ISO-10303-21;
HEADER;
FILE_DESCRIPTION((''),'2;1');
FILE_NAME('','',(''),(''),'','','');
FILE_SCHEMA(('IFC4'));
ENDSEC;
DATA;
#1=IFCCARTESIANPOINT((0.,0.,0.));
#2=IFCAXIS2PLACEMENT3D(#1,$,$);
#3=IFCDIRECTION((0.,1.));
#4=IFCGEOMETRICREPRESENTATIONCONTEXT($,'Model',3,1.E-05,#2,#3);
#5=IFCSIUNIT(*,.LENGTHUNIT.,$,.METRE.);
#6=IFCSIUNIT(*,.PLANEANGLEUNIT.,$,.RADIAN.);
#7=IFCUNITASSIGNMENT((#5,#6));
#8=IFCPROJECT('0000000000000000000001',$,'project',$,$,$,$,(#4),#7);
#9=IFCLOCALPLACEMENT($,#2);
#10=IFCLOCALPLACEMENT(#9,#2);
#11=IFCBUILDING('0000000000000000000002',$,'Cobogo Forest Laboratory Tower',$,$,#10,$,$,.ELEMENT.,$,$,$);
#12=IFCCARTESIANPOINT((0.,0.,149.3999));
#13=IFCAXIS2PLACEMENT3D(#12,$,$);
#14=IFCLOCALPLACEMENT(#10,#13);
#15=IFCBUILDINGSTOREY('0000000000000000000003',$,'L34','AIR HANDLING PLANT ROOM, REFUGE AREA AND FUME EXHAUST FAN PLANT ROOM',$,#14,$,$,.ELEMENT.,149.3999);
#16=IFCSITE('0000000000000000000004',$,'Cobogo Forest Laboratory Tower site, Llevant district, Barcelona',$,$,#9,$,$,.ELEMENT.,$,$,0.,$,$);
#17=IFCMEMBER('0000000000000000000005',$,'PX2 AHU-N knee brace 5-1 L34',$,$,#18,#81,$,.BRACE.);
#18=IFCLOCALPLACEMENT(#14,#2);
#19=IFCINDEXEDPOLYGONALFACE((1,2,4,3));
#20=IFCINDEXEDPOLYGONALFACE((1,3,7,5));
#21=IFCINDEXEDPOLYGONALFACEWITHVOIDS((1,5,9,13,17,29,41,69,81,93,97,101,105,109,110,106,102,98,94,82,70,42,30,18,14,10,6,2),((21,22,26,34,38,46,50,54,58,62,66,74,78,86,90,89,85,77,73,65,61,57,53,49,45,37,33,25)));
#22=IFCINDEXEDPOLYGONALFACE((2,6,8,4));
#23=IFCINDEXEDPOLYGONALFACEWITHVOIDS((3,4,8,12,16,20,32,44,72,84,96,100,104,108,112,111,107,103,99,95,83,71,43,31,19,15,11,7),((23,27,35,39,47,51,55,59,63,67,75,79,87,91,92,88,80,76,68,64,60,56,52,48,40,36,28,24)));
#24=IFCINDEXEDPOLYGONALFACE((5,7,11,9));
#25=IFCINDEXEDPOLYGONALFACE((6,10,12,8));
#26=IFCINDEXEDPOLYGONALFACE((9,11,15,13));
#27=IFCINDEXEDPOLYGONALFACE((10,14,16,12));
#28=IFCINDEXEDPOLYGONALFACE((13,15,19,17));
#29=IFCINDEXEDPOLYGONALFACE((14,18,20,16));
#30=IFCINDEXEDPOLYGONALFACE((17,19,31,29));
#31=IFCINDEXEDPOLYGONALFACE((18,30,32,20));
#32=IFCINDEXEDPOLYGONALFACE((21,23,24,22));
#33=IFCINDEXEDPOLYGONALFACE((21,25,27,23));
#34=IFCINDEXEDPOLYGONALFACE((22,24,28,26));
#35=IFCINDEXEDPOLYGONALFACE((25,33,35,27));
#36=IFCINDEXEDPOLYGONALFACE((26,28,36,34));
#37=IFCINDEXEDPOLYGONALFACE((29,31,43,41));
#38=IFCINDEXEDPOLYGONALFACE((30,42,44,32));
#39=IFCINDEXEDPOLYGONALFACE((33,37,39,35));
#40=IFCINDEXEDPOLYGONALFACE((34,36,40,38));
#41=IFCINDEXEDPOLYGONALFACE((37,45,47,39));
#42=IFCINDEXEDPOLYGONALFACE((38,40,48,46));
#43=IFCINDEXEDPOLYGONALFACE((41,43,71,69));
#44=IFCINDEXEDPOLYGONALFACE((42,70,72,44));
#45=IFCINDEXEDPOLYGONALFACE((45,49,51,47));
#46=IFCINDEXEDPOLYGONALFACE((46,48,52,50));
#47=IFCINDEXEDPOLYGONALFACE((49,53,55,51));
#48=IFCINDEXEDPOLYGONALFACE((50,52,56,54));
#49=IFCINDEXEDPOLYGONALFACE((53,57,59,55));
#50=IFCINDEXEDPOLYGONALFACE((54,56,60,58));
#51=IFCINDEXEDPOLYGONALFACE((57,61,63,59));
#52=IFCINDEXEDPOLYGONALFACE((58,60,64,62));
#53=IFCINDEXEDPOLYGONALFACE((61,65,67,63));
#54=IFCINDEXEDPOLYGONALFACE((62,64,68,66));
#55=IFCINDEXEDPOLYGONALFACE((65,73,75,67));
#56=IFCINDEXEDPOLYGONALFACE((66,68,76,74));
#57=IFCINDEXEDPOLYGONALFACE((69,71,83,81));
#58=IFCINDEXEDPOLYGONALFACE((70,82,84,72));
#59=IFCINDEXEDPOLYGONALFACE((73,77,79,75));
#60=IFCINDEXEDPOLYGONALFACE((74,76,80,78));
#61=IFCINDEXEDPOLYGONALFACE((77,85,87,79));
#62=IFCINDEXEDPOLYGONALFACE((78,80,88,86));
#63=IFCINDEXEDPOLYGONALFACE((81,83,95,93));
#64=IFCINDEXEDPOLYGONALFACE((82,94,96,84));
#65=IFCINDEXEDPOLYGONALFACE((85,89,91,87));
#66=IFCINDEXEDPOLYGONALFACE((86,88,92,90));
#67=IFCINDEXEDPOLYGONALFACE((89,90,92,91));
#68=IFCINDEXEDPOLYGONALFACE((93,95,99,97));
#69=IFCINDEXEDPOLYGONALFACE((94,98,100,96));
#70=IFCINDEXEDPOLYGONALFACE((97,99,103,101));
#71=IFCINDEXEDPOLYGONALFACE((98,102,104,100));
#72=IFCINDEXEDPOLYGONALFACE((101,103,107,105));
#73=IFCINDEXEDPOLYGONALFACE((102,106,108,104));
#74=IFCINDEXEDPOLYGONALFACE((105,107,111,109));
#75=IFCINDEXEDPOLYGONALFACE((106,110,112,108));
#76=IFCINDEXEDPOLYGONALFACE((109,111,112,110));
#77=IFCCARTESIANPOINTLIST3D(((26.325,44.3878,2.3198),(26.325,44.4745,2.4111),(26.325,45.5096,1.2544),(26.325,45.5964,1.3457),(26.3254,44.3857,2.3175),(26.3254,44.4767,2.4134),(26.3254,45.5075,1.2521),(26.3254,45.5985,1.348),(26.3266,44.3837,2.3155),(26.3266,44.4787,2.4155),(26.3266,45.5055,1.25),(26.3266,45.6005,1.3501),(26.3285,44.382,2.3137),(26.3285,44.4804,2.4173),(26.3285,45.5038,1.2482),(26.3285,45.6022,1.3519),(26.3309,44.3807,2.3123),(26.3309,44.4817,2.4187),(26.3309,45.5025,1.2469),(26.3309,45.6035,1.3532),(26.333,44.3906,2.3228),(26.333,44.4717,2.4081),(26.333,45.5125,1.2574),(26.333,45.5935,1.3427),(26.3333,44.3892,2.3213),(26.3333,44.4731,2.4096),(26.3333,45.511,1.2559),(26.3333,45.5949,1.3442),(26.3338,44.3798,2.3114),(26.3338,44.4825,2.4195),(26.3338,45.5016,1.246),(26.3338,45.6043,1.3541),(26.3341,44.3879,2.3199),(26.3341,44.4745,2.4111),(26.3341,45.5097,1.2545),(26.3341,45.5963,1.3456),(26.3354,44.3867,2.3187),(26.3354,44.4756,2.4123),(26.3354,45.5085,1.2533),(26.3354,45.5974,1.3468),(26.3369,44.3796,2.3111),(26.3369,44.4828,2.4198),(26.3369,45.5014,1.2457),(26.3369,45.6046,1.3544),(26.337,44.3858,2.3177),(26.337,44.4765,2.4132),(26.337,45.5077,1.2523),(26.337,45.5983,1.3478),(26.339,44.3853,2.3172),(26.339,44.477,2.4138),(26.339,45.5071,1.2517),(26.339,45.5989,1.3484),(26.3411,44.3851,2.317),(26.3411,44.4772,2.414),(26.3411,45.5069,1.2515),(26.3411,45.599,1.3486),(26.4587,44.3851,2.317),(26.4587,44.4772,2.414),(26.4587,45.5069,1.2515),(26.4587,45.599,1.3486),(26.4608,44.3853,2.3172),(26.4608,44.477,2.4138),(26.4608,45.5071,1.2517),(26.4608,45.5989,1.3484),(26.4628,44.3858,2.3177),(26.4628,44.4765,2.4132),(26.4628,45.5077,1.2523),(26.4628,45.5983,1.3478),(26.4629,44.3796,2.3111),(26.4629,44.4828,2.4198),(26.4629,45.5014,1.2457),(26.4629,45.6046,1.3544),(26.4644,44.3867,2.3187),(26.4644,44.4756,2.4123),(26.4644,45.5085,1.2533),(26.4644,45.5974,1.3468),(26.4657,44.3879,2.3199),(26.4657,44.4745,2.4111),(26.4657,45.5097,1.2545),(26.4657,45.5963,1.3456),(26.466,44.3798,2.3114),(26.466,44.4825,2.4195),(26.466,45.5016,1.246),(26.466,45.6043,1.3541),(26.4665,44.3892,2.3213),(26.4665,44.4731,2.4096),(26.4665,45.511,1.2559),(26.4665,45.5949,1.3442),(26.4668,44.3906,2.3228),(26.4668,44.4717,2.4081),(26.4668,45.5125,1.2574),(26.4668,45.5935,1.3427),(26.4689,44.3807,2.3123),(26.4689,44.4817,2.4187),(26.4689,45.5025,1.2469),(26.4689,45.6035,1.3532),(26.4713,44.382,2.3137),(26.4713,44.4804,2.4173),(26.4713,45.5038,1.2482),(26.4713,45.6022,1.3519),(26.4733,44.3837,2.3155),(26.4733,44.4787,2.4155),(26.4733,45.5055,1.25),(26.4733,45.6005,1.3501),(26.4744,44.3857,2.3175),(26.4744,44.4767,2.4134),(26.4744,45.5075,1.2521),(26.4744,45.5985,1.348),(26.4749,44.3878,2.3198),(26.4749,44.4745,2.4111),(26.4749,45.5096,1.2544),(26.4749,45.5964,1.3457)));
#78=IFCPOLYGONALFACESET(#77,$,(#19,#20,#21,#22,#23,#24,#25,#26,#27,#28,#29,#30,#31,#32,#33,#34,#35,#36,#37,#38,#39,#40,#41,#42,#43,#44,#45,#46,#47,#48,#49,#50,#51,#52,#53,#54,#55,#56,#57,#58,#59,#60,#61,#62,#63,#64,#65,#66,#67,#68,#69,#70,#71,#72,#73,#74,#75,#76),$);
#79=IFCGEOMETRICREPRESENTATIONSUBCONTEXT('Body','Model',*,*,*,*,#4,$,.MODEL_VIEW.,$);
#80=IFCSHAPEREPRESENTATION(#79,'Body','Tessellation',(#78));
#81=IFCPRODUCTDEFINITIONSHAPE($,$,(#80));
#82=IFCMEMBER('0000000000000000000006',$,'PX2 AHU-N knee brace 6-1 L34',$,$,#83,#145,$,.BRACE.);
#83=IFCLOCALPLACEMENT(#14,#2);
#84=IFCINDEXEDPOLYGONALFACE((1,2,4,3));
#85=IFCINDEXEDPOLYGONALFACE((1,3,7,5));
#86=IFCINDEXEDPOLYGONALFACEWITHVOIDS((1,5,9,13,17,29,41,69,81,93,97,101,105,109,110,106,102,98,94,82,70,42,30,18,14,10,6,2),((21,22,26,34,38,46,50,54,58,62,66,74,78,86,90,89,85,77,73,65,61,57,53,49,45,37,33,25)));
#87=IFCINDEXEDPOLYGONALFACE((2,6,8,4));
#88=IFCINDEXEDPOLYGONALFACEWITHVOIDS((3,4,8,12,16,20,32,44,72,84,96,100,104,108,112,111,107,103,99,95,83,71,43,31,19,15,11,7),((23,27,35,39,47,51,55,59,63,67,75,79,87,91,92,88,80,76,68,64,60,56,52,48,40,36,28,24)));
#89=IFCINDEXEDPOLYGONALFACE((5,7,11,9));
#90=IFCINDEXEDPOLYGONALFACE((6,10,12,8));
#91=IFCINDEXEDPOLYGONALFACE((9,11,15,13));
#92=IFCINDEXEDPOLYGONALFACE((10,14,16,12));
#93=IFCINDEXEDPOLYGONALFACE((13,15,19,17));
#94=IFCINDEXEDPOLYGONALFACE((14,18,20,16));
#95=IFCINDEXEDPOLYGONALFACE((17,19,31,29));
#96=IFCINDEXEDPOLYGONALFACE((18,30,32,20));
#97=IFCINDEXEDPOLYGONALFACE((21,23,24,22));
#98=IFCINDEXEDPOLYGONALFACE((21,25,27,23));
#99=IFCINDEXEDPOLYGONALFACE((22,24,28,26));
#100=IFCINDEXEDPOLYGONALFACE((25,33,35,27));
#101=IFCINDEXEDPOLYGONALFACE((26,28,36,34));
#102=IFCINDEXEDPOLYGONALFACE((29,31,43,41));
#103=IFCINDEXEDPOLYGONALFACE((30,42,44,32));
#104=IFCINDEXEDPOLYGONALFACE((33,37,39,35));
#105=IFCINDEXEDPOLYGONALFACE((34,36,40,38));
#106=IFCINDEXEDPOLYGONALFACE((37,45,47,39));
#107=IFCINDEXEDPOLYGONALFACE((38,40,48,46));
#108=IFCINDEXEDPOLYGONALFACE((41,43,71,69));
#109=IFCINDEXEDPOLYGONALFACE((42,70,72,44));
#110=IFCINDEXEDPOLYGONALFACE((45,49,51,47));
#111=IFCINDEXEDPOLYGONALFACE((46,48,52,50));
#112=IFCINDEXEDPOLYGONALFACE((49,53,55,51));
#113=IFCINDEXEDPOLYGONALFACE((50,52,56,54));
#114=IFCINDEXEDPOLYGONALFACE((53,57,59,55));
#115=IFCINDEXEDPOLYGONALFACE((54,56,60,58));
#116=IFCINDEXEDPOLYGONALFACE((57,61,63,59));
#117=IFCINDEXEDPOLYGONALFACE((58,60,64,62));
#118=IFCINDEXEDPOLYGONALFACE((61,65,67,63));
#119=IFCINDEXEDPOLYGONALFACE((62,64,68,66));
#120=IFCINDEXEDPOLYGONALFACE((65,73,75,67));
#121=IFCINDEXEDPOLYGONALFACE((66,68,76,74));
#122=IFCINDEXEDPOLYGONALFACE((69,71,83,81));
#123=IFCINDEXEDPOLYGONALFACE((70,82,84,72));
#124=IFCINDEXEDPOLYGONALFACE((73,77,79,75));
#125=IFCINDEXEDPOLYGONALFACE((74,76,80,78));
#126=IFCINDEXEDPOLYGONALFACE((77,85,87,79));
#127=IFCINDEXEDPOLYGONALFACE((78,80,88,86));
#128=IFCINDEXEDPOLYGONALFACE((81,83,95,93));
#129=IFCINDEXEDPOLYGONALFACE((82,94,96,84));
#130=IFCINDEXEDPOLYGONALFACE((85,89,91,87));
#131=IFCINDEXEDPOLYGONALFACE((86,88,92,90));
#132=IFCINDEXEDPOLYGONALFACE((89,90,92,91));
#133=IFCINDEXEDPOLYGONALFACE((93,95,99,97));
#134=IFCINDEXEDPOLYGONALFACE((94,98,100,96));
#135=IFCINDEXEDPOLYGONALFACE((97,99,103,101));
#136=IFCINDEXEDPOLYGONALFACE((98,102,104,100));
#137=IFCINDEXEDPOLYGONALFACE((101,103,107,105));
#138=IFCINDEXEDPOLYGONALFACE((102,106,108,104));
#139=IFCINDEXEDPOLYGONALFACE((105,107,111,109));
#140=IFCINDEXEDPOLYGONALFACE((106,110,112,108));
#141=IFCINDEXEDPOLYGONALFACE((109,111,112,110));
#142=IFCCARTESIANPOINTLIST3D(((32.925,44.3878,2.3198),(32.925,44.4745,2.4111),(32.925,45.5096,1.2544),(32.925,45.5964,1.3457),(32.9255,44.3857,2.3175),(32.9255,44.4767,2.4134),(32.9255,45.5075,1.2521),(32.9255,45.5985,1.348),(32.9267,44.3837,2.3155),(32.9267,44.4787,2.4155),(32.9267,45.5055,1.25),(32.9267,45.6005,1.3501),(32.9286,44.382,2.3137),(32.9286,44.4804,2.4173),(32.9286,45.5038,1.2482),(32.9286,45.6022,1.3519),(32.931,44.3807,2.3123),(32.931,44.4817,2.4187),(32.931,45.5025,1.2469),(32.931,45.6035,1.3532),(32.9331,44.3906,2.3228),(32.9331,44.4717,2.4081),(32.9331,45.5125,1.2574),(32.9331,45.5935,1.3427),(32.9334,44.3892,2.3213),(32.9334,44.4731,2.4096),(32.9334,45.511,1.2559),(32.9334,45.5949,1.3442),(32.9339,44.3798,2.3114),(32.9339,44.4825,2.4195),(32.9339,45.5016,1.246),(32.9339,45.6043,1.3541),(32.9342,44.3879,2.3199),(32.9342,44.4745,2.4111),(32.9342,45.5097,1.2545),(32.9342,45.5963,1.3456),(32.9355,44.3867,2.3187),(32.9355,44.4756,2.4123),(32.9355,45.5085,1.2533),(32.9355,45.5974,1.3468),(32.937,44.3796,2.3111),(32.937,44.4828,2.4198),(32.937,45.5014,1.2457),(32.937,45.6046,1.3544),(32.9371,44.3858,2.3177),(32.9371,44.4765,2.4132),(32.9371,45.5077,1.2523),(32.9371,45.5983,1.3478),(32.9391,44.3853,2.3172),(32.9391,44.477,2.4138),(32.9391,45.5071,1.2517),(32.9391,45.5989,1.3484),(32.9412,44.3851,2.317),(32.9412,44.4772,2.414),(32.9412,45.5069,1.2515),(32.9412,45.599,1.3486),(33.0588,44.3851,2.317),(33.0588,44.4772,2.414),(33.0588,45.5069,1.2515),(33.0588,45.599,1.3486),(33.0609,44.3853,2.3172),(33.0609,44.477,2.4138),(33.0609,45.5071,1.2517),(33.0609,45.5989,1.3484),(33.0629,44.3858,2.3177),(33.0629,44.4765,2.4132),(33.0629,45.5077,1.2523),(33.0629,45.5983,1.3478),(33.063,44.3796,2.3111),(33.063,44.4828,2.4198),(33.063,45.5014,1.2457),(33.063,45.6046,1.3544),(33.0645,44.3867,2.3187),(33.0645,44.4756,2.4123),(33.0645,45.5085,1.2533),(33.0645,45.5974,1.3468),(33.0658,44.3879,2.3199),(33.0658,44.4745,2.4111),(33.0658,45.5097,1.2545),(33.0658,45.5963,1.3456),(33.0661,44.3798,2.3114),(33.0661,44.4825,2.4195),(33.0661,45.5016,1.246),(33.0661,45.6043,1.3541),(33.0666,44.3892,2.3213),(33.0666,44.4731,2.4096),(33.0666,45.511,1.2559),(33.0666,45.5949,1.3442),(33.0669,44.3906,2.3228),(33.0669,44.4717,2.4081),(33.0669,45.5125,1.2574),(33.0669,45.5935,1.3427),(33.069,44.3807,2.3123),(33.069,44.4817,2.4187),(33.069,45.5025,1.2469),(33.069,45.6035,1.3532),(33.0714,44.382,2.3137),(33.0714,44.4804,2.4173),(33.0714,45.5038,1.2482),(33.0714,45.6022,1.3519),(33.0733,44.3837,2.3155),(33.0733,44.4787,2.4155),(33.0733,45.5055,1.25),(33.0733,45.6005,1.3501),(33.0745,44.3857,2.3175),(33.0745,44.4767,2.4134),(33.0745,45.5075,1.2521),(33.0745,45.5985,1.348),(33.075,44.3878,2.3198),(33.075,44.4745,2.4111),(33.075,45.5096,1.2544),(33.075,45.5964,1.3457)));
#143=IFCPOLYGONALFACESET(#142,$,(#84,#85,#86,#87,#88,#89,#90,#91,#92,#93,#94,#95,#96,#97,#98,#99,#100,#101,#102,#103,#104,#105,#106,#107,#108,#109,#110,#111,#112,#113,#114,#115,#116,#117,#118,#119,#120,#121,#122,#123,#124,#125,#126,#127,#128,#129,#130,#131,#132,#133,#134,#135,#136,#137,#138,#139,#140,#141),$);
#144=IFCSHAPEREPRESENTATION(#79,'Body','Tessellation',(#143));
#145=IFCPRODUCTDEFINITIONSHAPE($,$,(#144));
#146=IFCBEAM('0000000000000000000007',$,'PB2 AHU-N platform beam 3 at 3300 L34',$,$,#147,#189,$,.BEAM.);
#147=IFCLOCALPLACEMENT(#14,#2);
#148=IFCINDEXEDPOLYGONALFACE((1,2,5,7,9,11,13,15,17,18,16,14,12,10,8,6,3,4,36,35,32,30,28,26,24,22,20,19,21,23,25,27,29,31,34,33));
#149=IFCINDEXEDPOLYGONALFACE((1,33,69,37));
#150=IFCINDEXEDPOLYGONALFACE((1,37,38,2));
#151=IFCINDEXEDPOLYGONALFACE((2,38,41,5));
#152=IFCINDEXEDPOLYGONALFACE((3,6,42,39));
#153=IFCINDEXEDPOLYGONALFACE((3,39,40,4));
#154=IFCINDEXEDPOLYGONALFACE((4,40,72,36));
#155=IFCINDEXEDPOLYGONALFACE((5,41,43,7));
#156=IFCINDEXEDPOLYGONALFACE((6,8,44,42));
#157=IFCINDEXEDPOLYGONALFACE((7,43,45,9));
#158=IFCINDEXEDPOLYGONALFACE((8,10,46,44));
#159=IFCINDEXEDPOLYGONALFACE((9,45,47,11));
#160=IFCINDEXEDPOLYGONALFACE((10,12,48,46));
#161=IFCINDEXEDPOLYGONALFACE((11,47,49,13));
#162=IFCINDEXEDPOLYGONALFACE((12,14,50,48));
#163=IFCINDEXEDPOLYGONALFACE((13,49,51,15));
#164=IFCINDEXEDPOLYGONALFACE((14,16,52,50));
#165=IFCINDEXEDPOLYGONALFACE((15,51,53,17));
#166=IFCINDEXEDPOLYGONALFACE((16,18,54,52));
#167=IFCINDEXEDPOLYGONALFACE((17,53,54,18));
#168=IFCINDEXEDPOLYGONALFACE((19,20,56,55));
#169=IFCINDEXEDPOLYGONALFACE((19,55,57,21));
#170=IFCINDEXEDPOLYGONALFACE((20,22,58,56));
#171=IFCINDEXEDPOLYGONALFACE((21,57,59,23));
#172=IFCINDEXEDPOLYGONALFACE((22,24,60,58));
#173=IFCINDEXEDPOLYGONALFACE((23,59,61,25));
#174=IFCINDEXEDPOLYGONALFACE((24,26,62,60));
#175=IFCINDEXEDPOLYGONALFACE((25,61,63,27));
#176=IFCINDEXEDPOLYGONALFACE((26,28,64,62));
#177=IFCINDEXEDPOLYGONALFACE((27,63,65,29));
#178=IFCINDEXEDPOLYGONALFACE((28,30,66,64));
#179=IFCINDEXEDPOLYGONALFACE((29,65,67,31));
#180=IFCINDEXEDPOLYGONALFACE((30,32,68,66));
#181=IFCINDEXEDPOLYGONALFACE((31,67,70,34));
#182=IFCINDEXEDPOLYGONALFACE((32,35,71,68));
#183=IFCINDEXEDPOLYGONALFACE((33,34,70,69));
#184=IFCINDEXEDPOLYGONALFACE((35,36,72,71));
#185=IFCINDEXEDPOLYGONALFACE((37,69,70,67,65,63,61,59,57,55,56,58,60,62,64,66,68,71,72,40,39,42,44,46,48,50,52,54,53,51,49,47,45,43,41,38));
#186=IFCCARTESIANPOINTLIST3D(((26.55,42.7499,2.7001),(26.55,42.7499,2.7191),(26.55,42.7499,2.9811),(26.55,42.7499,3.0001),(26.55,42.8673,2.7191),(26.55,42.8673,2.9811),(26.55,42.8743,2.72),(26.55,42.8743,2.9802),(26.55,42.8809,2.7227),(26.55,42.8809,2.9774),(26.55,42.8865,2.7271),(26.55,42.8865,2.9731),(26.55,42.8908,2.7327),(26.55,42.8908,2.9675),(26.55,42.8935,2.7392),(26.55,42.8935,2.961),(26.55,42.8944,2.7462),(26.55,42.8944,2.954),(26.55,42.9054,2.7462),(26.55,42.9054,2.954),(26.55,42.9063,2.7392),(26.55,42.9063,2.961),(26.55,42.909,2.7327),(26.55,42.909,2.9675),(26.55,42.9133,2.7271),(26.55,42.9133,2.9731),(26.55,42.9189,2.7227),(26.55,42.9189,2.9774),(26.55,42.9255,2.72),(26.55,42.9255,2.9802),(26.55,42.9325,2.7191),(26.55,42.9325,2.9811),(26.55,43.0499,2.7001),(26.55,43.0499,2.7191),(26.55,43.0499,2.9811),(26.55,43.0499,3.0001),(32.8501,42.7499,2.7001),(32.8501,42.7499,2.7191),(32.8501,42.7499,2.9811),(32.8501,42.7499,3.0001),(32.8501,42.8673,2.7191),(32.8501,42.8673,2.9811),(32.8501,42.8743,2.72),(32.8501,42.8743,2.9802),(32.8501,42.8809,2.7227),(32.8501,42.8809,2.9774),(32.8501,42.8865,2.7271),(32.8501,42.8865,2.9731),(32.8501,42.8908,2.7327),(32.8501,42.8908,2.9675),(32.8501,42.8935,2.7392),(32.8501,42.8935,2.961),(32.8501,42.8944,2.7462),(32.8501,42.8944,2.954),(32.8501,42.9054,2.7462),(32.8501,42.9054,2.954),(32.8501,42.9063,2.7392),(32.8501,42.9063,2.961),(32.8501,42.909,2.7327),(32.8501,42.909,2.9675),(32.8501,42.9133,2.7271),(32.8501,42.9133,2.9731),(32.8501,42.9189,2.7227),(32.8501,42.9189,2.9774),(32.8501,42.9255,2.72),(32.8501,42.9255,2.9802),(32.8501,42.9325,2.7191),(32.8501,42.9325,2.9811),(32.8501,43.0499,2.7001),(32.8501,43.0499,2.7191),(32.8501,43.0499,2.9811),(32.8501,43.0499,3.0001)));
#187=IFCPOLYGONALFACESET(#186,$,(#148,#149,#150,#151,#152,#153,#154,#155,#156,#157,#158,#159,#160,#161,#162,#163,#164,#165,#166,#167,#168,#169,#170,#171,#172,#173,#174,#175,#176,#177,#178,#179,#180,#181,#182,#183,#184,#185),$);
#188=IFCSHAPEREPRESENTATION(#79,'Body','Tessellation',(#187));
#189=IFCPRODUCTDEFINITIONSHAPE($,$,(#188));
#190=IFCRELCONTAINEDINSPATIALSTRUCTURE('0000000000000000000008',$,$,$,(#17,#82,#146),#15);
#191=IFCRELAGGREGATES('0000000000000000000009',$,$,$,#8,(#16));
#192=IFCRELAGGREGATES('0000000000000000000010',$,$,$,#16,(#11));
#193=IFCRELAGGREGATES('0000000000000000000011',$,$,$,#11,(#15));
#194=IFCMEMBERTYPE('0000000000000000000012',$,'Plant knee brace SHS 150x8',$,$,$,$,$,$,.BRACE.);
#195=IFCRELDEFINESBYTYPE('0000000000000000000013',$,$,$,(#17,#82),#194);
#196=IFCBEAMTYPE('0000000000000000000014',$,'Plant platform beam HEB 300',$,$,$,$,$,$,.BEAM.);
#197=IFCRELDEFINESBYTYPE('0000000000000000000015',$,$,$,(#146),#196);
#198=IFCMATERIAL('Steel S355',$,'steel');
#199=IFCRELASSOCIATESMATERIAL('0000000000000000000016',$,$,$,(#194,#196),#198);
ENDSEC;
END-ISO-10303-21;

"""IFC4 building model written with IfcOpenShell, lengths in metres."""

from ifc_helpers import new_model, si_unit, direction, frame, origin, origin_2d, place, context, subcontext, project, spatial, hollow_rectangle, i_section, extrude, material, material_profile, profile_set, type_object, element, save


model = new_model("IFC4")

# Units and contexts
model_context = context("Model", 3, precision=1e-05, world=origin(), true_north=direction((0.0, 1.0)))
body_context = subcontext(model_context, "Body", "Model", "MODEL_VIEW")
ifc_project = project(units=[si_unit("LENGTHUNIT", "METRE"), si_unit("PLANEANGLEUNIT", "RADIAN")], contexts=[model_context])

# Site, building, storey
site_placement = place(None, origin())
site = spatial("IfcSite", under=ifc_project, at=site_placement, Name="Cobogo Forest Laboratory Tower site, Llevant district, Barcelona", CompositionType="ELEMENT", RefElevation=0.0)
building_placement = place(site_placement, origin())
building = spatial("IfcBuilding", under=site, at=building_placement, Name="Cobogo Forest Laboratory Tower", CompositionType="ELEMENT")
storey_placement = place(building_placement, frame((0.0, 0.0, 149.3999)))
storey = spatial("IfcBuildingStorey", under=building, at=storey_placement, Name="L34", Description="AIR HANDLING PLANT ROOM, REFUGE AREA AND FUME EXHAUST FAN PLANT ROOM", CompositionType="ELEMENT", Elevation=149.3999)

# Members
ifc_material_1 = material(Name="Steel S355", Category="steel")
ifc_material_profile_1 = material_profile(ifc_material_1, hollow_rectangle(XDim=0.1499, YDim=0.1499, WallThickness=0.0081, InnerFilletRadius=0.0081, OuterFilletRadius=0.012, at=origin_2d()), Name="SHS 150x8")
ifc_profile_set_1 = profile_set([ifc_material_profile_1], Name="Steel S355")
member_type_1 = type_object("IfcMemberType", Name="Plant knee brace SHS 150x8", PredefinedType="BRACE", material=ifc_profile_set_1)
for number, where, z_axis, x_axis, name in (
    (1, (26.3999, 45.553, 1.3), (0.0, -0.725098, 0.688646), (1.0, 0.0, 0.0), "PX2 AHU-N knee brace 5-1 L34"),
    (2, (33.0, 45.553, 1.3), (0.0, -0.725098, 0.688646), (1.0, 0.0, 0.0), "PX2 AHU-N knee brace 6-1 L34"),
):
    element("IfcMember", number, at=place(storey_placement, frame(where, z_axis=z_axis, x_axis=x_axis)), inside=storey, type_object=member_type_1, Name=name, PredefinedType="BRACE", context=body_context, shape_type="SweptSolid", body=[
        extrude(hollow_rectangle(XDim=0.1499, YDim=0.1499, WallThickness=0.0081, InnerFilletRadius=0.0081, OuterFilletRadius=0.012, at=origin_2d()), origin(), (0.0, 0.0, 1.0), 1.5471),
    ])

# Beam
ifc_material_profile_2 = material_profile(ifc_material_1, i_section(OverallWidth=0.3, OverallDepth=0.3, WebThickness=0.011, FlangeThickness=0.019, FilletRadius=0.0271, at=origin_2d()), Name="HEB 300")
ifc_profile_set_2 = profile_set([ifc_material_profile_2], Name="Steel S355")
beam_type_1 = type_object("IfcBeamType", Name="Plant platform beam HEB 300", PredefinedType="BEAM", material=ifc_profile_set_2)
beam_1_placement = place(storey_placement, frame((26.55, 42.8999, 2.8501), z_axis=(1.0, 0.0, 0.0), x_axis=(0.0, 1.0, 0.0)))
element("IfcBeam", 3, at=beam_1_placement, inside=storey, type_object=beam_type_1, Name="PB2 AHU-N platform beam 3 at 3300 L34", PredefinedType="BEAM", context=body_context, shape_type="SweptSolid", body=[
    extrude(i_section(OverallWidth=0.3, OverallDepth=0.3, WebThickness=0.011, FlangeThickness=0.019, FilletRadius=0.0271, at=origin_2d()), origin(), (0.0, 0.0, 1.0), 6.3),
])

save(model, "model.ifc")
